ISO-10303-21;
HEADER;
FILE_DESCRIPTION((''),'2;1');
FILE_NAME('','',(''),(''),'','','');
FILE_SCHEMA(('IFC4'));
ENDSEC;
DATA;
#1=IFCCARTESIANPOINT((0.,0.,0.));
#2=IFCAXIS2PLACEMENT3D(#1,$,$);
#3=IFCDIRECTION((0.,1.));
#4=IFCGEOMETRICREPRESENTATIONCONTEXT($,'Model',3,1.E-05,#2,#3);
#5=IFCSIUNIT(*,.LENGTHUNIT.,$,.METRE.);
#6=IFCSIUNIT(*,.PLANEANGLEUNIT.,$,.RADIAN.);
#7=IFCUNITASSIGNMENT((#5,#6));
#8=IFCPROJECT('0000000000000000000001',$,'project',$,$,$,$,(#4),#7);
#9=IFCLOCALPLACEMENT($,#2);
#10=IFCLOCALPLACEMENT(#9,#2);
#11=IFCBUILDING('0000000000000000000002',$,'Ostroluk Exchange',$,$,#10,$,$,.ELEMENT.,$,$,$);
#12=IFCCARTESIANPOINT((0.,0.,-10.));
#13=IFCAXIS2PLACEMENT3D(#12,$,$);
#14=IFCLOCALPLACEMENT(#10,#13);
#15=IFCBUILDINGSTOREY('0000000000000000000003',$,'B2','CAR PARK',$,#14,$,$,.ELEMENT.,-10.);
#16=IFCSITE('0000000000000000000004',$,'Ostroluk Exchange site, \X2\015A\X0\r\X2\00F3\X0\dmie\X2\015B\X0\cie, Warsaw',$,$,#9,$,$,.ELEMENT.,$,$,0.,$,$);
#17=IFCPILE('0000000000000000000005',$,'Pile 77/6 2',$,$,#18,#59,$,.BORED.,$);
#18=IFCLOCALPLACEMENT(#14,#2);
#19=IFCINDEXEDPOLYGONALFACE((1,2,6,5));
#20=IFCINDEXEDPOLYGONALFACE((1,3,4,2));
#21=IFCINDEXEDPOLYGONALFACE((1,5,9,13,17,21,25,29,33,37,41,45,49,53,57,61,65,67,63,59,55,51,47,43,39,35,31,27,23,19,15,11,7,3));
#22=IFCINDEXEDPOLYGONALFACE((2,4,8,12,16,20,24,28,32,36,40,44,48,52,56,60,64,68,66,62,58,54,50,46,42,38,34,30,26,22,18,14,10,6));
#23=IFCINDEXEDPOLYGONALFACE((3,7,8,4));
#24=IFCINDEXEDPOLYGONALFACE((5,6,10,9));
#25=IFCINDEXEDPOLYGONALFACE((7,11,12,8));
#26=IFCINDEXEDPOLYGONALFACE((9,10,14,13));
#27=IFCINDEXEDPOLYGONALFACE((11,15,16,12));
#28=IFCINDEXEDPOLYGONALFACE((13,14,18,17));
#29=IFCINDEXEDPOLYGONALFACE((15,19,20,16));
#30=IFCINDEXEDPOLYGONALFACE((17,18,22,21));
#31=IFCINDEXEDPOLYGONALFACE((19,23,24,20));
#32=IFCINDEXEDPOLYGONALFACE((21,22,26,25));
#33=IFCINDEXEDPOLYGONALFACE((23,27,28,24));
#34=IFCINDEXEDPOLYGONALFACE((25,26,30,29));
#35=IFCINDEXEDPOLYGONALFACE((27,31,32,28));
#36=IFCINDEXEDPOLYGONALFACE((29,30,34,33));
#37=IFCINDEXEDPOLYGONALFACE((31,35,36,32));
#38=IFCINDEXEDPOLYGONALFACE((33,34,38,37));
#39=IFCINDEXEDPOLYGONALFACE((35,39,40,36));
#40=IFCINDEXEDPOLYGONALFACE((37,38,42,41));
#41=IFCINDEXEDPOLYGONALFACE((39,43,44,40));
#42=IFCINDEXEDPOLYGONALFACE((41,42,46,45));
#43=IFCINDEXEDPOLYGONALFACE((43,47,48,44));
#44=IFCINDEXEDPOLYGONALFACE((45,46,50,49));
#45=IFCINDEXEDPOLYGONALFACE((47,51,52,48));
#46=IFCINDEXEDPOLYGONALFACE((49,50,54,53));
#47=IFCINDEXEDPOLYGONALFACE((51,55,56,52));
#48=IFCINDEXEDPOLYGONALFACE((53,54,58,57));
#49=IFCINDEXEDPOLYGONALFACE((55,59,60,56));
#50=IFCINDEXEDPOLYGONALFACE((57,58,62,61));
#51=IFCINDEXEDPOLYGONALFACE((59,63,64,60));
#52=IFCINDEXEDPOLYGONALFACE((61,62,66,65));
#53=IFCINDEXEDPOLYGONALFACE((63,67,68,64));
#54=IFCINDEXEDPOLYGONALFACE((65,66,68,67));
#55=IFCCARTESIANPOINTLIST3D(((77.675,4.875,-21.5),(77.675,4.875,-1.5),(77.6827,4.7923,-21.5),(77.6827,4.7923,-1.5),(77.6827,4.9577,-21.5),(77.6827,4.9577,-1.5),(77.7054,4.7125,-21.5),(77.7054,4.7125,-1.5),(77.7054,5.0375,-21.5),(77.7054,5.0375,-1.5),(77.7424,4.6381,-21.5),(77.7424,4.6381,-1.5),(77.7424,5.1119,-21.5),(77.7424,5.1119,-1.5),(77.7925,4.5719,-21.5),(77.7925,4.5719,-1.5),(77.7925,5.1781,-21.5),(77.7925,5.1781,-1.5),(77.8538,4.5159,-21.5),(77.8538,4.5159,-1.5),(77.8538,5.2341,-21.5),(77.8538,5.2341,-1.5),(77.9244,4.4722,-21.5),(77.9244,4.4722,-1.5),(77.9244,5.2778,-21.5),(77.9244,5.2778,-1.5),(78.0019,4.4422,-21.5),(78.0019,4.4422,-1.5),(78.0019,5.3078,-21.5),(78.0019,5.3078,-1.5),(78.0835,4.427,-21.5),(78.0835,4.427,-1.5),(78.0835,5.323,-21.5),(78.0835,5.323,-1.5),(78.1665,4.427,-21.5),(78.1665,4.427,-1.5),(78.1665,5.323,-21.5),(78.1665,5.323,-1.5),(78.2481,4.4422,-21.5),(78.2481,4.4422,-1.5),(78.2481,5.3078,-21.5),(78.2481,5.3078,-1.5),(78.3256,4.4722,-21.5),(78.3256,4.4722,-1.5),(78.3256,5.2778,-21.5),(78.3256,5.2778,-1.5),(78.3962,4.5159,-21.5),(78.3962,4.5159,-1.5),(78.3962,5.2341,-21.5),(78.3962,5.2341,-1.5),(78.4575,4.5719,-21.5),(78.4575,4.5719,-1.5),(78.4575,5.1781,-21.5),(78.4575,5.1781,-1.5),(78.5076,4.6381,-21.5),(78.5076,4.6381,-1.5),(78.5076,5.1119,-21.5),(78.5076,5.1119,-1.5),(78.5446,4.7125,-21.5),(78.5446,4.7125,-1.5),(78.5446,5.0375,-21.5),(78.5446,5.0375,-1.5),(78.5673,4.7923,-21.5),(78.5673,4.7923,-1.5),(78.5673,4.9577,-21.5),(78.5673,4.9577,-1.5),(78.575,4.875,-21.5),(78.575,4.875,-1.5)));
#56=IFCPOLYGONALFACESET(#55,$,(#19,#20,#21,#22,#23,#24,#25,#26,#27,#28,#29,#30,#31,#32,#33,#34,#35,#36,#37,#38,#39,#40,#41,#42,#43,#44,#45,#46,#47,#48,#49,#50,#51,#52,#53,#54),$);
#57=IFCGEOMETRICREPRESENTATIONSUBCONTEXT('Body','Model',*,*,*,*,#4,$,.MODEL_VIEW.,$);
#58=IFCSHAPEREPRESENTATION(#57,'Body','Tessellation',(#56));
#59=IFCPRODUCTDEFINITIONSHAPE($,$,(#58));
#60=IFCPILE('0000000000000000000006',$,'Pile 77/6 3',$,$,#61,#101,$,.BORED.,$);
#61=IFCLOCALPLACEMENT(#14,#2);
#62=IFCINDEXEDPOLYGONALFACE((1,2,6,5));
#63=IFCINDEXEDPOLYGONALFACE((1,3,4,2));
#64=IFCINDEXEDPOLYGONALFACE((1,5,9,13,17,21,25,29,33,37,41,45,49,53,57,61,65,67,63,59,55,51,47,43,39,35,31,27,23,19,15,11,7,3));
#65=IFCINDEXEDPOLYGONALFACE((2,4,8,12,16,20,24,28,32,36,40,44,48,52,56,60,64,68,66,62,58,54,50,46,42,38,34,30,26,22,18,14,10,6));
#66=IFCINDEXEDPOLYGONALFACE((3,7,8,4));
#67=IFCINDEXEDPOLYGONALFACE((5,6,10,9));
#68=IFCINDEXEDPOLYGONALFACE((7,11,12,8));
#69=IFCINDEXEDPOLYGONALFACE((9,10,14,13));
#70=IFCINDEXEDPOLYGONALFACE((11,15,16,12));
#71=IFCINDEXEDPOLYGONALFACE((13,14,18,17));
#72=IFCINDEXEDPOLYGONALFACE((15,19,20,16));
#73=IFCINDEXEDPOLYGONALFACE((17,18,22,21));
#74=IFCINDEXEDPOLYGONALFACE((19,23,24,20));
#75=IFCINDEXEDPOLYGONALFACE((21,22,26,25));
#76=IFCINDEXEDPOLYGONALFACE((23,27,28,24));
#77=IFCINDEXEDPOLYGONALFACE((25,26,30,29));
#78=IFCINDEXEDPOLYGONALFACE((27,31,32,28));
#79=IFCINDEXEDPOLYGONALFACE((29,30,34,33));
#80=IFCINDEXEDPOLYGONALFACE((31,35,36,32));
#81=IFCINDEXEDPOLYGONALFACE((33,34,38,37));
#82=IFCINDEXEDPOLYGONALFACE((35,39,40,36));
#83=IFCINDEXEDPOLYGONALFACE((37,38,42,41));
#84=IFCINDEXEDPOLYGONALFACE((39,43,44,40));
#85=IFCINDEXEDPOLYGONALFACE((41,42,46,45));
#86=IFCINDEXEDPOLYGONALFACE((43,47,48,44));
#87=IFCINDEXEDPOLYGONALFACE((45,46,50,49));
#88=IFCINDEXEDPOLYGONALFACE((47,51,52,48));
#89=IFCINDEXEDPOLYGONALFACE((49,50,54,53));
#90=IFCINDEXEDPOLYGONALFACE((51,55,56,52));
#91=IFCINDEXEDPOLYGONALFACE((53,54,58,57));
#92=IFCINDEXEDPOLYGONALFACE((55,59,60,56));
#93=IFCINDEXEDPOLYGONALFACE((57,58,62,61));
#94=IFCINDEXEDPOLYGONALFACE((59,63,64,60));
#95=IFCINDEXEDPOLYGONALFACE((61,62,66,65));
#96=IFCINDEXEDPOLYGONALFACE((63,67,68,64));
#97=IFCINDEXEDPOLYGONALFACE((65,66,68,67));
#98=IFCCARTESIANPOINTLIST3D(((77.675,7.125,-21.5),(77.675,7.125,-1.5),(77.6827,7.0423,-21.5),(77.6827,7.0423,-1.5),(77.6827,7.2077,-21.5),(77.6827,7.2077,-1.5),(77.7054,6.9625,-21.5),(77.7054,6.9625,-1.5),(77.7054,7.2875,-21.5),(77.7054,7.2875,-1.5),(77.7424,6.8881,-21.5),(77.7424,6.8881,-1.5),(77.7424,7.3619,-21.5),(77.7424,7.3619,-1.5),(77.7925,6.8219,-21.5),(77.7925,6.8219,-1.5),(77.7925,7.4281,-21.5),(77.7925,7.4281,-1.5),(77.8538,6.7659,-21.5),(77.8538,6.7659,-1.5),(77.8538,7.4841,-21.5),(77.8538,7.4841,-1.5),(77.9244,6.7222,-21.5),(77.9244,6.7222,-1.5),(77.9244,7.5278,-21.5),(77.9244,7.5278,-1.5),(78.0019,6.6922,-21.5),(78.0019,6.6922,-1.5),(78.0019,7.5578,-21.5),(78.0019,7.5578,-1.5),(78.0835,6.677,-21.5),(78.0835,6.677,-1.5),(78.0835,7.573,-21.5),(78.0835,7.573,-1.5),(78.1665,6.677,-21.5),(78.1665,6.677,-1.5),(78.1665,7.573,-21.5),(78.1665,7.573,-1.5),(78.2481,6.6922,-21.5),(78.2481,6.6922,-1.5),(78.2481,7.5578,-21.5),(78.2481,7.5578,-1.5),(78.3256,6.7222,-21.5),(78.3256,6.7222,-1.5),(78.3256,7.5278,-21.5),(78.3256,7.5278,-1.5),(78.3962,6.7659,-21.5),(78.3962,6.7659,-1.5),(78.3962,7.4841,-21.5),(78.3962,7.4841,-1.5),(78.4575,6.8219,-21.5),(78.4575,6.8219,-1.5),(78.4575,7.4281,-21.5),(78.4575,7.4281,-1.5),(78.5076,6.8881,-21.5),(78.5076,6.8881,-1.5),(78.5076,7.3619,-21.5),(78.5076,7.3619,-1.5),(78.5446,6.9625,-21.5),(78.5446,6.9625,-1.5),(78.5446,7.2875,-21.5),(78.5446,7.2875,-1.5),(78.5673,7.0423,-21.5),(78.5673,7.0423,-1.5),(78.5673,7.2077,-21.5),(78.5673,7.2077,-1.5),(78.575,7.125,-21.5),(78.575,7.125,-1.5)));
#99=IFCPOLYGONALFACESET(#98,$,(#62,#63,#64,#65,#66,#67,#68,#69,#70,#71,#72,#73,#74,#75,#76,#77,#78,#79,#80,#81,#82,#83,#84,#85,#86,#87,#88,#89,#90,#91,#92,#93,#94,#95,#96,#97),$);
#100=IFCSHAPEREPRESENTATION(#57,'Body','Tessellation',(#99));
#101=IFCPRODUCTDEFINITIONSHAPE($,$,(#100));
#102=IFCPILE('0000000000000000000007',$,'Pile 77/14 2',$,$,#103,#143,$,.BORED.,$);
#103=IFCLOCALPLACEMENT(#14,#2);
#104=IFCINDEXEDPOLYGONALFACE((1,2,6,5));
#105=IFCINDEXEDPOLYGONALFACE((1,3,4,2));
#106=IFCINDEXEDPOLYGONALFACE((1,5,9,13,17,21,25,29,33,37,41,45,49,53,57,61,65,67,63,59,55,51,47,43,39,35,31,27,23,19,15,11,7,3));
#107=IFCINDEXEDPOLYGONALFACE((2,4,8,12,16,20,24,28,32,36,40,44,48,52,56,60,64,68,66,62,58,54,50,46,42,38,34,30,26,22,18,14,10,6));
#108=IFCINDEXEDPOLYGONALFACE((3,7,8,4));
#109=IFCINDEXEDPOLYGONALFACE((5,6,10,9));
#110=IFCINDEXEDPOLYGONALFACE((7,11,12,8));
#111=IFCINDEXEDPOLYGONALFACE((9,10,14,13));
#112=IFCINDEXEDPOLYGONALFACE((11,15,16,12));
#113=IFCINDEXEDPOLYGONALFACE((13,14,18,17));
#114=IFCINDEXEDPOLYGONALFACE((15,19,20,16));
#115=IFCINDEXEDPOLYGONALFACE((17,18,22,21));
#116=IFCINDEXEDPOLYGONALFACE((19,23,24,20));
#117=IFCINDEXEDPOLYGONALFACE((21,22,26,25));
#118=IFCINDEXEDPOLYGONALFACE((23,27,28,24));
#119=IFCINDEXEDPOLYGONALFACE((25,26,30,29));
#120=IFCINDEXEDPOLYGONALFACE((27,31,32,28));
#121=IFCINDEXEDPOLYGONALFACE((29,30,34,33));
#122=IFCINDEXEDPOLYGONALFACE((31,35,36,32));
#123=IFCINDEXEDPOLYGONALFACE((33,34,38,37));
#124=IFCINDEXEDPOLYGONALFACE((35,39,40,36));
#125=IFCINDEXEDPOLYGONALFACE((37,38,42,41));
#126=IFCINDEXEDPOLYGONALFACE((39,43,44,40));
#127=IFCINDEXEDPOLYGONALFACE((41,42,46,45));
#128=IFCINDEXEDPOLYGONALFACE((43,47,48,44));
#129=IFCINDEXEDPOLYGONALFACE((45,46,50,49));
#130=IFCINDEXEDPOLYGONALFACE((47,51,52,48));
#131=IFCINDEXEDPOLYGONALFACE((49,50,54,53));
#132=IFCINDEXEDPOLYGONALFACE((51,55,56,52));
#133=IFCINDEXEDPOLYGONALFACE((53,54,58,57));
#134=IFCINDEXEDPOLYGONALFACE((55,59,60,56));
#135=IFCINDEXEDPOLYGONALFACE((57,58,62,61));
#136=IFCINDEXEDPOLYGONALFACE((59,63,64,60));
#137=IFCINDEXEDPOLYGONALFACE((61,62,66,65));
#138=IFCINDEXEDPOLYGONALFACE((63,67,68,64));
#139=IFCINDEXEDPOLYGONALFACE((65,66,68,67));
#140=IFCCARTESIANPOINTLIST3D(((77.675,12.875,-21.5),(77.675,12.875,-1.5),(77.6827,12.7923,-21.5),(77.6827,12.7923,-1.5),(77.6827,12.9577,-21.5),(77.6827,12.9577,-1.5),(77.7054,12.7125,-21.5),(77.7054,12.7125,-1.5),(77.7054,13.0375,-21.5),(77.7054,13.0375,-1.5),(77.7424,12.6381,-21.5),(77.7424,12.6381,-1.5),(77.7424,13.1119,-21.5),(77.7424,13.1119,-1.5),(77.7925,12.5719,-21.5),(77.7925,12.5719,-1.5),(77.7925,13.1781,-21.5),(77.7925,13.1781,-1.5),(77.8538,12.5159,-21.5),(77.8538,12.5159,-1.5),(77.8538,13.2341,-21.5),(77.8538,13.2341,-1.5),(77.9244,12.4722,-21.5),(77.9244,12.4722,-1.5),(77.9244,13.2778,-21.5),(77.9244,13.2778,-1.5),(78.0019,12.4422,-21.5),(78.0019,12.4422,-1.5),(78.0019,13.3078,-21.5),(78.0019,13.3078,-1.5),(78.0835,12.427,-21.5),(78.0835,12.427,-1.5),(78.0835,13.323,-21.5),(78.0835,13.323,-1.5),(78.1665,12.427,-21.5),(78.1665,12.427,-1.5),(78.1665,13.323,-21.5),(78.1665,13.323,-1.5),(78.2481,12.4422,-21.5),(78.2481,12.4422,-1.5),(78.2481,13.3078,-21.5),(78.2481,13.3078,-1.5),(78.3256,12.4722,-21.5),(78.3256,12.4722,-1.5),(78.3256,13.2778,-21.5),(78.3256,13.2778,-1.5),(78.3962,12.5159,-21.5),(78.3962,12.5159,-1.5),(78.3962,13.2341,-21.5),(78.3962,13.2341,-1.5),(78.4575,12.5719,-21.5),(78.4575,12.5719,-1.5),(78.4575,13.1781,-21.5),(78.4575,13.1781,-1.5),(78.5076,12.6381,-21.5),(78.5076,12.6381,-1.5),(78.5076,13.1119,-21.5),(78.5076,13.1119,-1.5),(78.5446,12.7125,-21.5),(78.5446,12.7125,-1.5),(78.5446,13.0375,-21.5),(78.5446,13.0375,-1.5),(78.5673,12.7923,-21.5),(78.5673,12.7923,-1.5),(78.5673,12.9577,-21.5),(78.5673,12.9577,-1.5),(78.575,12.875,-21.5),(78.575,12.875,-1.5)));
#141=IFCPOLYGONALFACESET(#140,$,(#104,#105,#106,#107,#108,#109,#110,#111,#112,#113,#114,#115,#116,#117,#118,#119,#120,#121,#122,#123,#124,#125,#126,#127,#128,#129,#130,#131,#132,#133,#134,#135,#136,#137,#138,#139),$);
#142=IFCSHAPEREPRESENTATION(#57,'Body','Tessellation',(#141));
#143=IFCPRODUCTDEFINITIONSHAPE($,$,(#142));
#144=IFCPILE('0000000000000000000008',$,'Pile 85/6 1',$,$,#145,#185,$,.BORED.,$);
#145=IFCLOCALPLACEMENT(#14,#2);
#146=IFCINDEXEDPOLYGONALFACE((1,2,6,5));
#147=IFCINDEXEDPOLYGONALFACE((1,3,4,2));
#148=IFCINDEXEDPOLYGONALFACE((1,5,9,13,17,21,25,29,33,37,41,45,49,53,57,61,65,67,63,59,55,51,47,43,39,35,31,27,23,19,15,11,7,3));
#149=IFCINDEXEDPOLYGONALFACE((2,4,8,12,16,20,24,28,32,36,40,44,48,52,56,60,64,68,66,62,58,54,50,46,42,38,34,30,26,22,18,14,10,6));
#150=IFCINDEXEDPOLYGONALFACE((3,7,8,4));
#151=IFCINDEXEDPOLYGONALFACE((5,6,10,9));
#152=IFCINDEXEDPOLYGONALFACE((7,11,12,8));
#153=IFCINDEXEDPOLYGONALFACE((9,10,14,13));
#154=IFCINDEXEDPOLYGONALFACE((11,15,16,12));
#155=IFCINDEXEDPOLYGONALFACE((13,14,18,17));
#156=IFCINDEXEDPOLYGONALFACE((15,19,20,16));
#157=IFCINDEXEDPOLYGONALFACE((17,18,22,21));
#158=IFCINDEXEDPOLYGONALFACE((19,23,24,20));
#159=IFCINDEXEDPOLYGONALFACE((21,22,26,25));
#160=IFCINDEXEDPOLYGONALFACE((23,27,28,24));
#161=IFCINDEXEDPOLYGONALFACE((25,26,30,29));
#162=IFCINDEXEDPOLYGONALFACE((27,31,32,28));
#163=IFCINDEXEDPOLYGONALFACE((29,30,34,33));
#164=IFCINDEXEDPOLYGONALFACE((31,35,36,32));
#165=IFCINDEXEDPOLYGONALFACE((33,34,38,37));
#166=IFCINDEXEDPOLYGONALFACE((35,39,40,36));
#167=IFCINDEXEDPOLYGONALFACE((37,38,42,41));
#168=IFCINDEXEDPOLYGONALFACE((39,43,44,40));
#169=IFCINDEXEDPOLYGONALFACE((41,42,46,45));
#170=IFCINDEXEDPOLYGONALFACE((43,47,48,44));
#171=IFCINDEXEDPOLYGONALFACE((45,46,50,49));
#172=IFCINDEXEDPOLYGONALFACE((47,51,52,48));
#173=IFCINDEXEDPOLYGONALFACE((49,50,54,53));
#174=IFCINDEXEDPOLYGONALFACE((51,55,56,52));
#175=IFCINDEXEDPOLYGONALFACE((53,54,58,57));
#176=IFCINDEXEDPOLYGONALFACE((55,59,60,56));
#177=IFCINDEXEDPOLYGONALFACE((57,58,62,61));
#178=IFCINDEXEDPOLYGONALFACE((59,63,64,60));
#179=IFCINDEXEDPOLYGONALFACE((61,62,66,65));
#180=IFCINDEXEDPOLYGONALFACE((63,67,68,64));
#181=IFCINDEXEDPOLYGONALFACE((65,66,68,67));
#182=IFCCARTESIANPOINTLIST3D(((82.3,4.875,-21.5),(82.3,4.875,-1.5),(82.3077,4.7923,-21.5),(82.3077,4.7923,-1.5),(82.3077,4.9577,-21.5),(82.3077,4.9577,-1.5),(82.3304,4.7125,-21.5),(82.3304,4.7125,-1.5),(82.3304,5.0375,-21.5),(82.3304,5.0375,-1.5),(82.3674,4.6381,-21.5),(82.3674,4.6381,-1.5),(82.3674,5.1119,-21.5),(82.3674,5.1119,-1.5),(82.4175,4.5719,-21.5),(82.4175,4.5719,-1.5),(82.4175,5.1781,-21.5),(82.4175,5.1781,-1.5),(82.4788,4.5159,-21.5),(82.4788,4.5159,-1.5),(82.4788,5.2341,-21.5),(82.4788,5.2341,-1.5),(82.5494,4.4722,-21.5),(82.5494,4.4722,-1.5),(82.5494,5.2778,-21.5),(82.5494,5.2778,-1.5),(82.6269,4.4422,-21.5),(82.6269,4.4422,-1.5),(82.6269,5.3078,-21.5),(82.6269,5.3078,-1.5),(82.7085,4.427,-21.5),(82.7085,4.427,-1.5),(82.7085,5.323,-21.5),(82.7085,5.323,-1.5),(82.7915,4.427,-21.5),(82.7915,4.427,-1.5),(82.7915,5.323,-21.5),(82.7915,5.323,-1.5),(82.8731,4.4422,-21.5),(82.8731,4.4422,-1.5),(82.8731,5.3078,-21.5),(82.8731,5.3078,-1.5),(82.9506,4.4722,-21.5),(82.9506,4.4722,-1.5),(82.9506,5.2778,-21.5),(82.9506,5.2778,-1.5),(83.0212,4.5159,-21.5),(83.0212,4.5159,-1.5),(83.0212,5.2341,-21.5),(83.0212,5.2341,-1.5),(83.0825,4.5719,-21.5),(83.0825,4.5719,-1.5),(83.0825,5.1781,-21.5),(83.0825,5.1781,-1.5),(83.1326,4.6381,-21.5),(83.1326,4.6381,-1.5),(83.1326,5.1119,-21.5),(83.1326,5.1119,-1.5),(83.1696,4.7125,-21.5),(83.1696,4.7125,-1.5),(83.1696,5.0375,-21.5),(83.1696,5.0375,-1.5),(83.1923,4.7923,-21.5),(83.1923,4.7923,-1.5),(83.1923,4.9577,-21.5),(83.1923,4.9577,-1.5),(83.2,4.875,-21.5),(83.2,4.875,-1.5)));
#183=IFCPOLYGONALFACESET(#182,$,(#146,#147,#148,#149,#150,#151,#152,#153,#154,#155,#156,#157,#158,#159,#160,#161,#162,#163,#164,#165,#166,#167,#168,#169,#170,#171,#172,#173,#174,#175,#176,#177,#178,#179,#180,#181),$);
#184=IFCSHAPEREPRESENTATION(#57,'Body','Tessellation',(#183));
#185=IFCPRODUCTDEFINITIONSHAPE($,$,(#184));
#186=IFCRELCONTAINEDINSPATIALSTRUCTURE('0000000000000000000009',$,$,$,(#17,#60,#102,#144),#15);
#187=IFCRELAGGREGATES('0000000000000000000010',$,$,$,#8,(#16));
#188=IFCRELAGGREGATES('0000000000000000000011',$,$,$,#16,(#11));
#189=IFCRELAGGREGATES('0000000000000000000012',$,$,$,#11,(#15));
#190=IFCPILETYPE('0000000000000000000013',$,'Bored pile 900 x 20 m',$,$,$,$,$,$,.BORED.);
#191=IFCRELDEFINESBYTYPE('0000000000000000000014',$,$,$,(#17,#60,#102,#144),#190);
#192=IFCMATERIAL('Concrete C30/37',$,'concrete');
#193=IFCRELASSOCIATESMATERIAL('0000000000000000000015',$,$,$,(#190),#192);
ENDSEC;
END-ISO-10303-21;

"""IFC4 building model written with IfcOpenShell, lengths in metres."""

from ifc_helpers import new_model, si_unit, direction, frame, origin, origin_2d, place, context, subcontext, project, spatial, circle, extrude, material, type_object, element, save


model = new_model("IFC4")

# Units and contexts
model_context = context("Model", 3, precision=1e-05, world=origin(), true_north=direction((0.0, 1.0)))
body_context = subcontext(model_context, "Body", "Model", "MODEL_VIEW")
ifc_project = project(units=[si_unit("LENGTHUNIT", "METRE"), si_unit("PLANEANGLEUNIT", "RADIAN")], contexts=[model_context])

# Site, building, storey
site_placement = place(None, origin())
site = spatial("IfcSite", under=ifc_project, at=site_placement, Name="Ostroluk Exchange site, Śródmieście, Warsaw", CompositionType="ELEMENT", RefElevation=0.0)
building_placement = place(site_placement, origin())
building = spatial("IfcBuilding", under=site, at=building_placement, Name="Ostroluk Exchange", CompositionType="ELEMENT")
storey_placement = place(building_placement, frame((0.0, 0.0, -10.0)))
storey = spatial("IfcBuildingStorey", under=building, at=storey_placement, Name="B2", Description="CAR PARK", CompositionType="ELEMENT", Elevation=-10.0)

# Piles
ifc_material_1 = material(Name="Concrete C30/37", Category="concrete")
pile_type = type_object("IfcPileType", Name="Bored pile 900 x 20 m", PredefinedType="BORED", material=ifc_material_1)
for number, where, z_axis, x_axis, name in (
    (1, (78.125, 4.875, -1.5), (0.0, 0.0, -1.0), (1.0, 0.0, 0.0), "Pile 77/6 2"),
    (2, (78.125, 7.125, -1.5), (0.0, 0.0, -1.0), (1.0, 0.0, 0.0), "Pile 77/6 3"),
    (3, (78.125, 12.875, -1.5), (0.0, 0.0, -1.0), (1.0, 0.0, 0.0), "Pile 77/14 2"),
    (4, (82.75, 4.875, -1.5), (0.0, 0.0, -1.0), (1.0, 0.0, 0.0), "Pile 85/6 1"),
):
    element("IfcPile", number, at=place(storey_placement, frame(where, z_axis=z_axis, x_axis=x_axis)), inside=storey, type_object=pile_type, Name=name, PredefinedType="BORED", context=body_context, shape_type="SweptSolid", body=[
        extrude(circle(Radius=0.45, at=origin_2d()), origin(), (0.0, 0.0, 1.0), 20.0),
    ])

save(model, "model.ifc")
